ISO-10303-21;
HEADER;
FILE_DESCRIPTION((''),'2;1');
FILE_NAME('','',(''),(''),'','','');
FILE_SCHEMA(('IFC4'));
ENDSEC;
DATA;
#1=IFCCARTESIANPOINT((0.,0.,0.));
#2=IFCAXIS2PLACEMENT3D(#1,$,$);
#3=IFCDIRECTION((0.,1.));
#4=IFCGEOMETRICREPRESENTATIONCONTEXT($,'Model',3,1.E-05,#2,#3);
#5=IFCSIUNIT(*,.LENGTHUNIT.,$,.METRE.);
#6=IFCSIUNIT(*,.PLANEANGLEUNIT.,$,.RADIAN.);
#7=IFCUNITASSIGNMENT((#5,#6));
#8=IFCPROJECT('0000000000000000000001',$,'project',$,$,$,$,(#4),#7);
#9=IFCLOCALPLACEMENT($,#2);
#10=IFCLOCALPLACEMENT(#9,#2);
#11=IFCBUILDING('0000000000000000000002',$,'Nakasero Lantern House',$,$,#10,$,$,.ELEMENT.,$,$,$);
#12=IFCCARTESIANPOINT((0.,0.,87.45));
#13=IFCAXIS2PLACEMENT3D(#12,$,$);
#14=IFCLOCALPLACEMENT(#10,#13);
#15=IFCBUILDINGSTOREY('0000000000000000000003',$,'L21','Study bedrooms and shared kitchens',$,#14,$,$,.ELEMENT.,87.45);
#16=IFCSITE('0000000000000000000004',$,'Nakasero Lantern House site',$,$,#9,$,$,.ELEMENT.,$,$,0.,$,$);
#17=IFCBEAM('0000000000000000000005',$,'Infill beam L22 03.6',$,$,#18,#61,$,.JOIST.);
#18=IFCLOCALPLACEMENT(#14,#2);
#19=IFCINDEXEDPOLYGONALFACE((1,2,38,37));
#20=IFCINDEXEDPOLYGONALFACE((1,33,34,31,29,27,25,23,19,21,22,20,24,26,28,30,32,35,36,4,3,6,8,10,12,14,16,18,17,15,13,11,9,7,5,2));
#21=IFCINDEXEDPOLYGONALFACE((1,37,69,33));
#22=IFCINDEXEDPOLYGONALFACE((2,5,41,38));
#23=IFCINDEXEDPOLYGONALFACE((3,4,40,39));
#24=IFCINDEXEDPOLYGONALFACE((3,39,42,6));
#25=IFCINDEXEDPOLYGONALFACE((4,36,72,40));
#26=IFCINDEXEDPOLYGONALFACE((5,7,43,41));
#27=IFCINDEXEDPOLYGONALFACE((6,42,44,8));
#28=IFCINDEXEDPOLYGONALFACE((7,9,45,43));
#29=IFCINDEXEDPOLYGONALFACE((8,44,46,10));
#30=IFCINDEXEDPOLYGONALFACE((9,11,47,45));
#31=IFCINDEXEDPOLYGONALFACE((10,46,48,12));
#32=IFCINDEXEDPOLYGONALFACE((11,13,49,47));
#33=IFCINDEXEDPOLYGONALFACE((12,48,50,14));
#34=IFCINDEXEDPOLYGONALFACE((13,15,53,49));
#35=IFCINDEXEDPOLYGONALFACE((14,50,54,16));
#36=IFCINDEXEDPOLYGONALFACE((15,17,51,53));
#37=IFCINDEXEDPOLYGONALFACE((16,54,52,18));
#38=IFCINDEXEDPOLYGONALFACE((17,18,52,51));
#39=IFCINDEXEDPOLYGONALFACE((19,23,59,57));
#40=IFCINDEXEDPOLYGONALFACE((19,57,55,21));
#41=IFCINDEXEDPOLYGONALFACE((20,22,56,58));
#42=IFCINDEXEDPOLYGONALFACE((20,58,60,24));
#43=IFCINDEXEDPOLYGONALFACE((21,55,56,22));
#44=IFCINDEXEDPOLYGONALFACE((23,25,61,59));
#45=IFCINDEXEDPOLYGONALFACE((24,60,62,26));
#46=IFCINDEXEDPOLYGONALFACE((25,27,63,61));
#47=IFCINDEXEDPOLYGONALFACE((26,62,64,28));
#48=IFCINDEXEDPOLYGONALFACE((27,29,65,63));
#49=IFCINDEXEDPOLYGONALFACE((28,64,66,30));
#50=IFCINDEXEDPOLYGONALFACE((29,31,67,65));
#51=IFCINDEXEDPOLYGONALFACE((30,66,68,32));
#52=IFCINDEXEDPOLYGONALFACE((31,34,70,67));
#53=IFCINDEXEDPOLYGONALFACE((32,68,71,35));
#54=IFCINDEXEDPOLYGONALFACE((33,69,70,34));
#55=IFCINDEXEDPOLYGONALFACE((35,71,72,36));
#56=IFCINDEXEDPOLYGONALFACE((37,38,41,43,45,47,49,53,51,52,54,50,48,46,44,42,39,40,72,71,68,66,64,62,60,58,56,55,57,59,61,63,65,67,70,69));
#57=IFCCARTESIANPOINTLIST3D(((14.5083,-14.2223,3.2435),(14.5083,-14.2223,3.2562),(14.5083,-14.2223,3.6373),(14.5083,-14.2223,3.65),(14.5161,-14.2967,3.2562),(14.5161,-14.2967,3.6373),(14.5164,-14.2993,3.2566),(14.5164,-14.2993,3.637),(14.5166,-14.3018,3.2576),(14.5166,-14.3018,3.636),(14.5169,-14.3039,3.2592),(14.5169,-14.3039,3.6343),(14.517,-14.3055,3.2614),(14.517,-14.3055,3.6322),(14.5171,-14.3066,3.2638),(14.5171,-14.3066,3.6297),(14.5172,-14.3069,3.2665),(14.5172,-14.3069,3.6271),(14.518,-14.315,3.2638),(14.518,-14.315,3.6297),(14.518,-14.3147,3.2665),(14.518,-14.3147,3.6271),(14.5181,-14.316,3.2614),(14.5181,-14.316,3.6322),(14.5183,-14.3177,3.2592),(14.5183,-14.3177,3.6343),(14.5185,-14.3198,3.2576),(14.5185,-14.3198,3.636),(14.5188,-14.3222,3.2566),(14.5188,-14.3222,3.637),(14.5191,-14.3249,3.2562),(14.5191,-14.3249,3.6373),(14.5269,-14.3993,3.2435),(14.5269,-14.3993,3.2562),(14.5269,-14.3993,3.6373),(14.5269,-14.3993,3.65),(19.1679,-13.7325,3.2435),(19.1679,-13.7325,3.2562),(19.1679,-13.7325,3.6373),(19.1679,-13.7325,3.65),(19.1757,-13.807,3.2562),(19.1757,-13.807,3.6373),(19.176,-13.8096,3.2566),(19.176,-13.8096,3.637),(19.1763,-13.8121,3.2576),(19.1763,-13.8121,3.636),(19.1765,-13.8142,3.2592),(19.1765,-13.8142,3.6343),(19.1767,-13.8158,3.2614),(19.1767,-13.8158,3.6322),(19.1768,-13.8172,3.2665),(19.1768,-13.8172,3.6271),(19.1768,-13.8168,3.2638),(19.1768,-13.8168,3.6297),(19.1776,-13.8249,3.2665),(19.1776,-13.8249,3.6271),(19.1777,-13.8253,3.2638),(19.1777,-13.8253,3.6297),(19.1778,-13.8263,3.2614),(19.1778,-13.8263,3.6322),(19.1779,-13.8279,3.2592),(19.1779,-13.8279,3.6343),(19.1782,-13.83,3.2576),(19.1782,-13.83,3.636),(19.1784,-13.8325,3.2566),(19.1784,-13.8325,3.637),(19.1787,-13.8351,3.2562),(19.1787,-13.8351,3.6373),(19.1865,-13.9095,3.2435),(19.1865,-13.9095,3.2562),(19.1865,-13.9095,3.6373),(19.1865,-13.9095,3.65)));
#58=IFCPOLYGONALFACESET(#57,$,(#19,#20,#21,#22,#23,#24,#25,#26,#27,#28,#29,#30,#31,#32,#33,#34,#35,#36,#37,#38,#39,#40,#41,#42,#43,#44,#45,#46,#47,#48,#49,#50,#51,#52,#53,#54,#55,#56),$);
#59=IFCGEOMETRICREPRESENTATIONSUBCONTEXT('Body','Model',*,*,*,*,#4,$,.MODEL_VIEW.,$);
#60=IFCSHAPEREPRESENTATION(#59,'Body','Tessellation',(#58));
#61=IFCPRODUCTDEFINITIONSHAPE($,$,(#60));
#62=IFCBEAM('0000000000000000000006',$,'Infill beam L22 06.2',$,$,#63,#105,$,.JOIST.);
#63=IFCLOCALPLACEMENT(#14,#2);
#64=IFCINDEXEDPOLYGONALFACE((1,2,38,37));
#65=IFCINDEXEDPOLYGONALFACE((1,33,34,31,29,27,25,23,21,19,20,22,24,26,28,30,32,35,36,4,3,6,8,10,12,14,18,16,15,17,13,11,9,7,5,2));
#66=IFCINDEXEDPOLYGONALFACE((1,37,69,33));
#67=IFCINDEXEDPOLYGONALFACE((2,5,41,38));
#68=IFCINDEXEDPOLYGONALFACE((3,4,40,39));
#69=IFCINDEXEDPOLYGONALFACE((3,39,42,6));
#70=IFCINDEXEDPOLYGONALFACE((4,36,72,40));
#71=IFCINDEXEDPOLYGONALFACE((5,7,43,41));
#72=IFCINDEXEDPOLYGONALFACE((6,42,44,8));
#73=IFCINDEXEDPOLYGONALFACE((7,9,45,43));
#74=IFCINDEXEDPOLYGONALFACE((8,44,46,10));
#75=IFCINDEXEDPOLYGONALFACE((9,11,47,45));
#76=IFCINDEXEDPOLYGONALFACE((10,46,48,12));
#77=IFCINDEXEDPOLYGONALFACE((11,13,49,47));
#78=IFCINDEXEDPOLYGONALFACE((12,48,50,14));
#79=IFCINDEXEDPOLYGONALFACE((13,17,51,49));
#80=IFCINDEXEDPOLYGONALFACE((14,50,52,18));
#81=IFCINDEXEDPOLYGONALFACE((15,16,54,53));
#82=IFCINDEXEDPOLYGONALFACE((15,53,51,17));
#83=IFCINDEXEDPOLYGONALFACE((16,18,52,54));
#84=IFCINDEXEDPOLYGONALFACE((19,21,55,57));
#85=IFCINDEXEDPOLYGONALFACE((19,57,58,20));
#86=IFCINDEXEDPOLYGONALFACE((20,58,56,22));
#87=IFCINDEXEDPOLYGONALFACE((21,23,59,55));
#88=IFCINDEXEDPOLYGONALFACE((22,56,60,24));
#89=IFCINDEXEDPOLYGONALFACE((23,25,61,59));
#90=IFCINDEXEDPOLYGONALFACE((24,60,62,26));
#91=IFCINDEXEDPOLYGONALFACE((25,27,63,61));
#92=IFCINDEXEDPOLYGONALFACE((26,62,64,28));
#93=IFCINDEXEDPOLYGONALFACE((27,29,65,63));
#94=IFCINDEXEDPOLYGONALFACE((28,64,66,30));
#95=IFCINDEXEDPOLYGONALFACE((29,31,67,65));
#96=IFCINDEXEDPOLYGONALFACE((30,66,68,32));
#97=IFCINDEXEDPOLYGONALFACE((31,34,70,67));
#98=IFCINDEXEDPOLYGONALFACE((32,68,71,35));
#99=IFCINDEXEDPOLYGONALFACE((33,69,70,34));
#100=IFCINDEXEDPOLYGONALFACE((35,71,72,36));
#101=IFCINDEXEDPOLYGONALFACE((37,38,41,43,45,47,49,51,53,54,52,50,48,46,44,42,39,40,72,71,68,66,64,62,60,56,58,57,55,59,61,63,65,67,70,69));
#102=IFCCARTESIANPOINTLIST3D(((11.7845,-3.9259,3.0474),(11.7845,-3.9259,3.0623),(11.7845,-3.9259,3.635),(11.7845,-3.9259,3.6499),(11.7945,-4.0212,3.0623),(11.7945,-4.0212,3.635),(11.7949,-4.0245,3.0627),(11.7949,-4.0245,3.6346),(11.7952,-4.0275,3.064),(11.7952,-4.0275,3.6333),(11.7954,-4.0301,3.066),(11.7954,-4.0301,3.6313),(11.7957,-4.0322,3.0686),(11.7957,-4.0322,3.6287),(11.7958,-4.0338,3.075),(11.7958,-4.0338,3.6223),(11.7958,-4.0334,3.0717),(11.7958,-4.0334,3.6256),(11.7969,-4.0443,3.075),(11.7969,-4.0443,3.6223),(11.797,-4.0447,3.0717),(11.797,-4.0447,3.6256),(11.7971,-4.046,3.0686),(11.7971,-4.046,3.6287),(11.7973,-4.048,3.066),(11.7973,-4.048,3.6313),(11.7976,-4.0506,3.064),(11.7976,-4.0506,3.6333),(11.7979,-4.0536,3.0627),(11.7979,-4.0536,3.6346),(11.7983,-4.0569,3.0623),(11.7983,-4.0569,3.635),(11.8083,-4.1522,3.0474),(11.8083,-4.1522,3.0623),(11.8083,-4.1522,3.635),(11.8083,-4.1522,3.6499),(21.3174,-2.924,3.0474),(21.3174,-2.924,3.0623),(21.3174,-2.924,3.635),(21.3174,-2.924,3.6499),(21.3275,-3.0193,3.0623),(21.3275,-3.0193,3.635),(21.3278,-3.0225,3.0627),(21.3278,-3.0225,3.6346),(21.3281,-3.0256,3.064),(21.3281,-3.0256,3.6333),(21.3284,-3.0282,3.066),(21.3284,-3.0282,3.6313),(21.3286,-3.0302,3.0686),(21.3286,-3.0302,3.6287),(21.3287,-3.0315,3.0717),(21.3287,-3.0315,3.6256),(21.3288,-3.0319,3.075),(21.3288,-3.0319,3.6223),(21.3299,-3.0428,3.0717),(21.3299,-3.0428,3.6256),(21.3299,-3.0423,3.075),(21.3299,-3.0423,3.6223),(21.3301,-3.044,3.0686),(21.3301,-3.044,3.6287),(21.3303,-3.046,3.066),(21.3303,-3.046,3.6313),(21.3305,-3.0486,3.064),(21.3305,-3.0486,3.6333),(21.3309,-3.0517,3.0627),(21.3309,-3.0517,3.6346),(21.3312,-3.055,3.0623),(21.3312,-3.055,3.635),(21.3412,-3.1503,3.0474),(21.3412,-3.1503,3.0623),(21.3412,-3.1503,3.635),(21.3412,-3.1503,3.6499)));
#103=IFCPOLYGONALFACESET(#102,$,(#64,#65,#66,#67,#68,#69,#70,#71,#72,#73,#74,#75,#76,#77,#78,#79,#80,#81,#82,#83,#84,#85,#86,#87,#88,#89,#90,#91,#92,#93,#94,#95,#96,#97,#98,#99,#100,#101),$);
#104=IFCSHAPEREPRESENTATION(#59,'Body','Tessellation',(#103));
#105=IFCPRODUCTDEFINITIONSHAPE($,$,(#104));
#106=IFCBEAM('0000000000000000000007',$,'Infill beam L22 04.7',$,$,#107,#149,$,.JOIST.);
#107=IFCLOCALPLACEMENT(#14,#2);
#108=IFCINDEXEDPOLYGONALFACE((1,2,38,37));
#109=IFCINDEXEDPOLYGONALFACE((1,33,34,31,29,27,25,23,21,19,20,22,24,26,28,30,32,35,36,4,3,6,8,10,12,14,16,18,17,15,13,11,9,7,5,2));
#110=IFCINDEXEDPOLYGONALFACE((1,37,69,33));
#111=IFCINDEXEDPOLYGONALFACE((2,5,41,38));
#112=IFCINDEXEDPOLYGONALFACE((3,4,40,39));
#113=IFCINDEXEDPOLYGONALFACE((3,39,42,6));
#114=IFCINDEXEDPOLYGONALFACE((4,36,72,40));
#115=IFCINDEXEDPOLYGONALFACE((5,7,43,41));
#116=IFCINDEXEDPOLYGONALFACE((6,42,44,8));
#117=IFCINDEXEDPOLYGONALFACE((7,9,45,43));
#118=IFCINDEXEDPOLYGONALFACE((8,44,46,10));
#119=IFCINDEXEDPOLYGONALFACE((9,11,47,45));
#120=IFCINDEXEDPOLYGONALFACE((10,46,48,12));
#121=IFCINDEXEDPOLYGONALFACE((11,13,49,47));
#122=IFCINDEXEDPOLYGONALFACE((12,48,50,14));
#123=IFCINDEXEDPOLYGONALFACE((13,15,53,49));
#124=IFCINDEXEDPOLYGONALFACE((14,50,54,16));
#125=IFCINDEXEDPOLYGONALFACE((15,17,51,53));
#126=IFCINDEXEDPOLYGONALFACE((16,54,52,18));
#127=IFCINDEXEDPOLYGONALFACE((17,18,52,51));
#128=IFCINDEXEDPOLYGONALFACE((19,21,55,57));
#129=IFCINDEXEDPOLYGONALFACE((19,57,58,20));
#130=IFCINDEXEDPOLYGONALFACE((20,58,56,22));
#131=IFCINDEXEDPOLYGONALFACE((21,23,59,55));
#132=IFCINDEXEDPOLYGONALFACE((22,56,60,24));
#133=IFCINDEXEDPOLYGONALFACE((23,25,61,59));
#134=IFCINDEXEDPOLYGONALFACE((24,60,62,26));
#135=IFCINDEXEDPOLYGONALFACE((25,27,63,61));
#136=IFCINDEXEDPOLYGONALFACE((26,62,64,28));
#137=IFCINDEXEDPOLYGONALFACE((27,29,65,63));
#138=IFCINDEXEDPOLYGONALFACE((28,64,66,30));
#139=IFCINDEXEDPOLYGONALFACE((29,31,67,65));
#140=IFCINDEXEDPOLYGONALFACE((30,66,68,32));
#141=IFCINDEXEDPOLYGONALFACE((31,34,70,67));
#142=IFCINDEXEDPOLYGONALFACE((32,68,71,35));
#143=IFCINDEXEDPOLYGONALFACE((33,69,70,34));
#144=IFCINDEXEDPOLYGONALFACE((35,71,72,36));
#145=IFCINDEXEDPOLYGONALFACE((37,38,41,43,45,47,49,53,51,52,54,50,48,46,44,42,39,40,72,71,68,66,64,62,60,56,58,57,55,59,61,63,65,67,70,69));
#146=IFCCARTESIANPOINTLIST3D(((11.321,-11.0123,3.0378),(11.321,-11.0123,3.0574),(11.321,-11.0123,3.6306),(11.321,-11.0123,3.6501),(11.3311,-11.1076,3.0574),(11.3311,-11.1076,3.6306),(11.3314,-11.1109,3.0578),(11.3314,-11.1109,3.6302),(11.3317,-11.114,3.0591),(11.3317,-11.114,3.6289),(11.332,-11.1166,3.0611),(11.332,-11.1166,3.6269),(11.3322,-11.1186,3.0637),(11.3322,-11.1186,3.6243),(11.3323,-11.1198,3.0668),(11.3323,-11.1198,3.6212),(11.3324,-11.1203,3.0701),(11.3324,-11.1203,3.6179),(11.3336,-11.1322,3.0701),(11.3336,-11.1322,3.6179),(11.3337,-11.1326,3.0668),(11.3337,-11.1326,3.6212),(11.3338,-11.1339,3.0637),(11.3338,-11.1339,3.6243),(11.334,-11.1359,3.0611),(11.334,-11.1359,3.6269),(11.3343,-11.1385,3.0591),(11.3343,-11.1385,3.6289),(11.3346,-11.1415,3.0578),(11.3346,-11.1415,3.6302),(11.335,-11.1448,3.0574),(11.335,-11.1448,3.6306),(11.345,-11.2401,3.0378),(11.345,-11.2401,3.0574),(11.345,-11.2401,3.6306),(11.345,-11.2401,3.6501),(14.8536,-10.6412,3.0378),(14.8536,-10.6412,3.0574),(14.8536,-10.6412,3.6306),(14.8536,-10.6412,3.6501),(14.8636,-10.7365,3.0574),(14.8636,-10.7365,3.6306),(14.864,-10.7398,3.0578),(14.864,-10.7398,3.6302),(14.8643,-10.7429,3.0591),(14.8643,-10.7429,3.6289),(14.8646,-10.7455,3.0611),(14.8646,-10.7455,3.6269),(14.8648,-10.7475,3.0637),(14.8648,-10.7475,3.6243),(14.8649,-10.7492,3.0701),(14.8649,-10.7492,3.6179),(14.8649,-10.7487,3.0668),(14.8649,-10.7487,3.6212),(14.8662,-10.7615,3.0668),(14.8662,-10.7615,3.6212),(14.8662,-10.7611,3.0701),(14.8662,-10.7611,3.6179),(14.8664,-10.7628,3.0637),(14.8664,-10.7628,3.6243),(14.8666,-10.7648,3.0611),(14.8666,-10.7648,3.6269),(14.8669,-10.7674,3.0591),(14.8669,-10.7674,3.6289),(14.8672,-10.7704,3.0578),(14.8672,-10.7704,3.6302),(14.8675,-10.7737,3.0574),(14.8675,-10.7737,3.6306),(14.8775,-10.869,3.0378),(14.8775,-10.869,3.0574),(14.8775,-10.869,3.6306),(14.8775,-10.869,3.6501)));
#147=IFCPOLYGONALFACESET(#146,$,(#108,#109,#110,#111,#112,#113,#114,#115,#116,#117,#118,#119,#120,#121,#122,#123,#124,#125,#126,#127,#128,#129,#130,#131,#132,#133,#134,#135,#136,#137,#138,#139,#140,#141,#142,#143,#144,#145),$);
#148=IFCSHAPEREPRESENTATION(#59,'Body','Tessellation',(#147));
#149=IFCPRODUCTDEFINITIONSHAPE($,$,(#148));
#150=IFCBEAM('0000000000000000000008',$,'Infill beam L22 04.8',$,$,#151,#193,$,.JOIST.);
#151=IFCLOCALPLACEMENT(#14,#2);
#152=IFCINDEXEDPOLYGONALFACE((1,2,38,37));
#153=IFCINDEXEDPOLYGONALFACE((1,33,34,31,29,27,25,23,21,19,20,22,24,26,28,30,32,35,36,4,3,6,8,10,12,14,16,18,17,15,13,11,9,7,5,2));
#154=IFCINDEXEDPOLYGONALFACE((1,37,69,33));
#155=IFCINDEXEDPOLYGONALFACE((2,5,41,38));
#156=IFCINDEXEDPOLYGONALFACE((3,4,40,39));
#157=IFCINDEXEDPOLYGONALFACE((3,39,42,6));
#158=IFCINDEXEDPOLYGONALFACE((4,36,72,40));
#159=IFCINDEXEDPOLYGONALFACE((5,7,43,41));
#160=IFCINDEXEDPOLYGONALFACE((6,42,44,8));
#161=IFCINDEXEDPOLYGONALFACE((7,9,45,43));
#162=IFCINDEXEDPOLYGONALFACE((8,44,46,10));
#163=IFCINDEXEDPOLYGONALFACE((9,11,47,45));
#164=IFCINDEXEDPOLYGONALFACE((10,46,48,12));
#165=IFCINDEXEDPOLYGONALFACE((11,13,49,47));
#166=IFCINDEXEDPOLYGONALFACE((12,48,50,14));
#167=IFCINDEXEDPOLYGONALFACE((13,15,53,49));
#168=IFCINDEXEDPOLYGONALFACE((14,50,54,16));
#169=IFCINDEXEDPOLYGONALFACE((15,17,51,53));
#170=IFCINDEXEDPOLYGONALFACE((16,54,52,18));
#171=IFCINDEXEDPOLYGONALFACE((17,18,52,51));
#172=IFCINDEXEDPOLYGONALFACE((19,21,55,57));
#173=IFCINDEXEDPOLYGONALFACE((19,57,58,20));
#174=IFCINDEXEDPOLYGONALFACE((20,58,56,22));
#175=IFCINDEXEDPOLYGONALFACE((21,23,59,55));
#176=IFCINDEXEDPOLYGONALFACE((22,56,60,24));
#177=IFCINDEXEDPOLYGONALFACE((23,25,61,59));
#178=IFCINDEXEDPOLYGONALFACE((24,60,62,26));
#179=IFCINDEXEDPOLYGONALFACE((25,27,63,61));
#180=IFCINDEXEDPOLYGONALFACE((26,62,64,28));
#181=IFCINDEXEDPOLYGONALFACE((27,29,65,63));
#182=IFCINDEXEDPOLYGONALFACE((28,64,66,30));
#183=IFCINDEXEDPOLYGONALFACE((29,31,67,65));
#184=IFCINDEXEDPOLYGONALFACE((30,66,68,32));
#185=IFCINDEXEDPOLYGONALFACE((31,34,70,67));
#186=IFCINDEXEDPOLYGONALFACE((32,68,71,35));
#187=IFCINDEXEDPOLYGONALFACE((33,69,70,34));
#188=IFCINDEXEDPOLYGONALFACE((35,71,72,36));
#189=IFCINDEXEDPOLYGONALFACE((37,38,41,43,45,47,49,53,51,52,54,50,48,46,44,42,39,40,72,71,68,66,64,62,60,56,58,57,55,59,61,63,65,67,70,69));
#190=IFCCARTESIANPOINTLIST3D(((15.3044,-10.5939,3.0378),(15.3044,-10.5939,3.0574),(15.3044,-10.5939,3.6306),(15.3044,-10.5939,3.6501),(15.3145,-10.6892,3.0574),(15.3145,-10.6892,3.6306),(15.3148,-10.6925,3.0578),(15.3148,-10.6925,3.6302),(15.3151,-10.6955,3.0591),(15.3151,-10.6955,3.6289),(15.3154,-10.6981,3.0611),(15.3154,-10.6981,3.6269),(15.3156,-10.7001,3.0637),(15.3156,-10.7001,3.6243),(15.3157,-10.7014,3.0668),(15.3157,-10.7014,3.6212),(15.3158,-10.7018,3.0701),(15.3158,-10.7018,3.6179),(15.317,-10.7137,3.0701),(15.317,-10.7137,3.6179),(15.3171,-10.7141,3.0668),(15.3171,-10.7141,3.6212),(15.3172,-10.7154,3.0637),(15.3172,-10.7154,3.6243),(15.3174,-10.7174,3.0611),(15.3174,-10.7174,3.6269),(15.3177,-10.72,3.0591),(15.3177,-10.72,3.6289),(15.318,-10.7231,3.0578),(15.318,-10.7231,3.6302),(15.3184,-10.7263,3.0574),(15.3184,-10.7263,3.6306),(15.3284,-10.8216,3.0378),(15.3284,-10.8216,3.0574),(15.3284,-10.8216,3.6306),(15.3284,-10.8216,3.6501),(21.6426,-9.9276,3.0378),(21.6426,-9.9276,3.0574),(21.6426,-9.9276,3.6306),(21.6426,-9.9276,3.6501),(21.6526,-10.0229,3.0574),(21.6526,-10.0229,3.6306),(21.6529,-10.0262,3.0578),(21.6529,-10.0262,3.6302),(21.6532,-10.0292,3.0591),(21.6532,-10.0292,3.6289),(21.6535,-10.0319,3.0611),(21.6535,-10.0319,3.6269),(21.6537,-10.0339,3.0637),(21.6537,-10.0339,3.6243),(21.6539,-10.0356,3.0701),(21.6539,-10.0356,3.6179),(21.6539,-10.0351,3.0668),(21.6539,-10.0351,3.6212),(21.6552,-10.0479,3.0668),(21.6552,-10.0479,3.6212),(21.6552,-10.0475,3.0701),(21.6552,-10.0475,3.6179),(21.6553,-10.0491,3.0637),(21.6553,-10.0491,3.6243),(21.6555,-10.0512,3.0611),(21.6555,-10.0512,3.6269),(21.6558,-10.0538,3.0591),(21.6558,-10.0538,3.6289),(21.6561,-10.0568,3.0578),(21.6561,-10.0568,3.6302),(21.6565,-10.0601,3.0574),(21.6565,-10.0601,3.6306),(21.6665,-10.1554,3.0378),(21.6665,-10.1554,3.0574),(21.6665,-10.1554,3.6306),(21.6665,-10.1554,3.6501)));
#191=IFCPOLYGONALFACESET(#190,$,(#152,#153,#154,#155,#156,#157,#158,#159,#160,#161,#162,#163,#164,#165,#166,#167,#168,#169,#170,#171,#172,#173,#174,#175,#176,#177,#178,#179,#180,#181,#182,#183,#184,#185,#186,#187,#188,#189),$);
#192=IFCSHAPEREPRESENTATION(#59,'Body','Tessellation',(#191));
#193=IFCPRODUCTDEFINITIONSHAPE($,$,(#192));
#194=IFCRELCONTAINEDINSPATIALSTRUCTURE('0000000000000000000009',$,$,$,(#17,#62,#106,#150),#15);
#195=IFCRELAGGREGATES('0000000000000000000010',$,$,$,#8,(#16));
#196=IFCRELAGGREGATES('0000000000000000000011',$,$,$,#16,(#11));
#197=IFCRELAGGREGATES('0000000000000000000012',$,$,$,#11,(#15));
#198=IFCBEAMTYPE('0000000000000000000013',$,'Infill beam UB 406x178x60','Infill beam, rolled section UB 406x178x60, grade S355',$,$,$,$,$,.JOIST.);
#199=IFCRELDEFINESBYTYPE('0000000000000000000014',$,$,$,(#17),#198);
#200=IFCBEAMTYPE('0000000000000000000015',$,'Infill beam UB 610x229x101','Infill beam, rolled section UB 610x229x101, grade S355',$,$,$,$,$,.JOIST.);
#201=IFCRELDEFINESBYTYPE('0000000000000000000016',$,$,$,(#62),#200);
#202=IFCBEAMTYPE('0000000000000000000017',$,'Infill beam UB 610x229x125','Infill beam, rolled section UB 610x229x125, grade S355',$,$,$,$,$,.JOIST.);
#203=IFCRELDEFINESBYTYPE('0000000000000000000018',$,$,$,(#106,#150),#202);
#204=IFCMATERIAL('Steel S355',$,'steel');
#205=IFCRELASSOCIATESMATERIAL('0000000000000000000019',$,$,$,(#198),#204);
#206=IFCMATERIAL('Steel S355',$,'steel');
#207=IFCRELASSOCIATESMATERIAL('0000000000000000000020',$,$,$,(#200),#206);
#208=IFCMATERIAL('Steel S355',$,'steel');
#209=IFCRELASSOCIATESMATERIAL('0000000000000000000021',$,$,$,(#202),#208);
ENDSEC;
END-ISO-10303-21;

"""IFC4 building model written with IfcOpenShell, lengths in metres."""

from ifc_helpers import new_model, si_unit, direction, frame, origin, origin_2d, place, context, subcontext, project, spatial, i_section, extrude, material, material_profile, profile_set, type_object, element, save


model = new_model("IFC4")

# Units and contexts
model_context = context("Model", 3, precision=1e-05, world=origin(), true_north=direction((0.0, 1.0)))
body_context = subcontext(model_context, "Body", "Model", "MODEL_VIEW")
ifc_project = project(units=[si_unit("LENGTHUNIT", "METRE"), si_unit("PLANEANGLEUNIT", "RADIAN")], contexts=[model_context])

# Site, building, storey
site_placement = place(None, origin())
site = spatial("IfcSite", under=ifc_project, at=site_placement, Name="Nakasero Lantern House site", CompositionType="ELEMENT", RefElevation=0.0)
building_placement = place(site_placement, origin())
building = spatial("IfcBuilding", under=site, at=building_placement, Name="Nakasero Lantern House", CompositionType="ELEMENT")
storey_placement = place(building_placement, frame((0.0, 0.0, 87.45)))
storey = spatial("IfcBuildingStorey", under=building, at=storey_placement, Name="L21", Description="Study bedrooms and shared kitchens", CompositionType="ELEMENT", Elevation=87.45)

# Beams
ifc_material_1 = material(Name="Steel S355", Category="steel")
ifc_material_profile_1 = material_profile(ifc_material_1, i_section(OverallWidth=0.178, OverallDepth=0.4065, WebThickness=0.0078, FlangeThickness=0.0127, FilletRadius=0.0103, at=origin_2d()), Name="UB 406x178x60")
ifc_profile_set_1 = profile_set([ifc_material_profile_1], Name="Steel S355")
beam_type_1 = type_object("IfcBeamType", Name="Infill beam UB 406x178x60", Description="Infill beam, rolled section UB 406x178x60, grade S355", PredefinedType="JOIST", material=ifc_profile_set_1)
beam_1_placement = place(storey_placement, frame((14.5176, -14.3108, 3.4468), z_axis=(0.994522, 0.104527, 0.0), x_axis=(-0.104527, 0.994522, 0.0)))
element("IfcBeam", 1, at=beam_1_placement, inside=storey, type_object=beam_type_1, Name="Infill beam L22 03.6", PredefinedType="JOIST", context=body_context, shape_type="SweptSolid", body=[
    extrude(i_section(OverallWidth=0.178, OverallDepth=0.4065, WebThickness=0.0078, FlangeThickness=0.0127, FilletRadius=0.0103, at=origin_2d()), origin(), (0.0, 0.0, 1.0), 4.6853),
])
ifc_material_2 = material(Name="Steel S355", Category="steel")
ifc_material_profile_2 = material_profile(ifc_material_2, i_section(OverallWidth=0.2275, OverallDepth=0.6025, WebThickness=0.0105, FlangeThickness=0.0149, FilletRadius=0.0127, at=origin_2d()), Name="UB 610x229x101")
ifc_profile_set_2 = profile_set([ifc_material_profile_2], Name="Steel S355")
beam_type_2 = type_object("IfcBeamType", Name="Infill beam UB 610x229x101", Description="Infill beam, rolled section UB 610x229x101, grade S355", PredefinedType="JOIST", material=ifc_profile_set_2)
beam_2_placement = place(storey_placement, frame((11.7964, -4.0391, 3.3486), z_axis=(0.994522, 0.104528, 0.0), x_axis=(-0.104528, 0.994522, 0.0)))
element("IfcBeam", 2, at=beam_2_placement, inside=storey, type_object=beam_type_2, Name="Infill beam L22 06.2", PredefinedType="JOIST", context=body_context, shape_type="SweptSolid", body=[
    extrude(i_section(OverallWidth=0.2275, OverallDepth=0.6025, WebThickness=0.0105, FlangeThickness=0.0149, FilletRadius=0.0127, at=origin_2d()), origin(), (0.0, 0.0, 1.0), 9.5854),
])
ifc_material_3 = material(Name="Steel S355", Category="steel")
ifc_material_profile_3 = material_profile(ifc_material_3, i_section(OverallWidth=0.229, OverallDepth=0.6123, WebThickness=0.012, FlangeThickness=0.0195, FilletRadius=0.0127, at=origin_2d()), Name="UB 610x229x125")
ifc_profile_set_3 = profile_set([ifc_material_profile_3], Name="Steel S355")
beam_type_3 = type_object("IfcBeamType", Name="Infill beam UB 610x229x125", Description="Infill beam, rolled section UB 610x229x125, grade S355", PredefinedType="JOIST", material=ifc_profile_set_3)
beam_3_placement = place(storey_placement, frame((11.333, -11.1262, 3.344), z_axis=(0.994527, 0.104477, 0.0), x_axis=(-0.104477, 0.994527, 0.0)))
element("IfcBeam", 3, at=beam_3_placement, inside=storey, type_object=beam_type_3, Name="Infill beam L22 04.7", PredefinedType="JOIST", context=body_context, shape_type="SweptSolid", body=[
    extrude(i_section(OverallWidth=0.229, OverallDepth=0.6123, WebThickness=0.012, FlangeThickness=0.0195, FilletRadius=0.0127, at=origin_2d()), origin(), (0.0, 0.0, 1.0), 3.552),
])
beam_4_placement = place(storey_placement, frame((15.3164, -10.7078, 3.344), z_axis=(0.99452, 0.104543, 0.0), x_axis=(-0.104543, 0.99452, 0.0)))
element("IfcBeam", 4, at=beam_4_placement, inside=storey, type_object=beam_type_3, Name="Infill beam L22 04.8", PredefinedType="JOIST", context=body_context, shape_type="SweptSolid", body=[
    extrude(i_section(OverallWidth=0.229, OverallDepth=0.6123, WebThickness=0.012, FlangeThickness=0.0195, FilletRadius=0.0127, at=origin_2d()), origin(), (0.0, 0.0, 1.0), 6.373),
])

save(model, "model.ifc")
